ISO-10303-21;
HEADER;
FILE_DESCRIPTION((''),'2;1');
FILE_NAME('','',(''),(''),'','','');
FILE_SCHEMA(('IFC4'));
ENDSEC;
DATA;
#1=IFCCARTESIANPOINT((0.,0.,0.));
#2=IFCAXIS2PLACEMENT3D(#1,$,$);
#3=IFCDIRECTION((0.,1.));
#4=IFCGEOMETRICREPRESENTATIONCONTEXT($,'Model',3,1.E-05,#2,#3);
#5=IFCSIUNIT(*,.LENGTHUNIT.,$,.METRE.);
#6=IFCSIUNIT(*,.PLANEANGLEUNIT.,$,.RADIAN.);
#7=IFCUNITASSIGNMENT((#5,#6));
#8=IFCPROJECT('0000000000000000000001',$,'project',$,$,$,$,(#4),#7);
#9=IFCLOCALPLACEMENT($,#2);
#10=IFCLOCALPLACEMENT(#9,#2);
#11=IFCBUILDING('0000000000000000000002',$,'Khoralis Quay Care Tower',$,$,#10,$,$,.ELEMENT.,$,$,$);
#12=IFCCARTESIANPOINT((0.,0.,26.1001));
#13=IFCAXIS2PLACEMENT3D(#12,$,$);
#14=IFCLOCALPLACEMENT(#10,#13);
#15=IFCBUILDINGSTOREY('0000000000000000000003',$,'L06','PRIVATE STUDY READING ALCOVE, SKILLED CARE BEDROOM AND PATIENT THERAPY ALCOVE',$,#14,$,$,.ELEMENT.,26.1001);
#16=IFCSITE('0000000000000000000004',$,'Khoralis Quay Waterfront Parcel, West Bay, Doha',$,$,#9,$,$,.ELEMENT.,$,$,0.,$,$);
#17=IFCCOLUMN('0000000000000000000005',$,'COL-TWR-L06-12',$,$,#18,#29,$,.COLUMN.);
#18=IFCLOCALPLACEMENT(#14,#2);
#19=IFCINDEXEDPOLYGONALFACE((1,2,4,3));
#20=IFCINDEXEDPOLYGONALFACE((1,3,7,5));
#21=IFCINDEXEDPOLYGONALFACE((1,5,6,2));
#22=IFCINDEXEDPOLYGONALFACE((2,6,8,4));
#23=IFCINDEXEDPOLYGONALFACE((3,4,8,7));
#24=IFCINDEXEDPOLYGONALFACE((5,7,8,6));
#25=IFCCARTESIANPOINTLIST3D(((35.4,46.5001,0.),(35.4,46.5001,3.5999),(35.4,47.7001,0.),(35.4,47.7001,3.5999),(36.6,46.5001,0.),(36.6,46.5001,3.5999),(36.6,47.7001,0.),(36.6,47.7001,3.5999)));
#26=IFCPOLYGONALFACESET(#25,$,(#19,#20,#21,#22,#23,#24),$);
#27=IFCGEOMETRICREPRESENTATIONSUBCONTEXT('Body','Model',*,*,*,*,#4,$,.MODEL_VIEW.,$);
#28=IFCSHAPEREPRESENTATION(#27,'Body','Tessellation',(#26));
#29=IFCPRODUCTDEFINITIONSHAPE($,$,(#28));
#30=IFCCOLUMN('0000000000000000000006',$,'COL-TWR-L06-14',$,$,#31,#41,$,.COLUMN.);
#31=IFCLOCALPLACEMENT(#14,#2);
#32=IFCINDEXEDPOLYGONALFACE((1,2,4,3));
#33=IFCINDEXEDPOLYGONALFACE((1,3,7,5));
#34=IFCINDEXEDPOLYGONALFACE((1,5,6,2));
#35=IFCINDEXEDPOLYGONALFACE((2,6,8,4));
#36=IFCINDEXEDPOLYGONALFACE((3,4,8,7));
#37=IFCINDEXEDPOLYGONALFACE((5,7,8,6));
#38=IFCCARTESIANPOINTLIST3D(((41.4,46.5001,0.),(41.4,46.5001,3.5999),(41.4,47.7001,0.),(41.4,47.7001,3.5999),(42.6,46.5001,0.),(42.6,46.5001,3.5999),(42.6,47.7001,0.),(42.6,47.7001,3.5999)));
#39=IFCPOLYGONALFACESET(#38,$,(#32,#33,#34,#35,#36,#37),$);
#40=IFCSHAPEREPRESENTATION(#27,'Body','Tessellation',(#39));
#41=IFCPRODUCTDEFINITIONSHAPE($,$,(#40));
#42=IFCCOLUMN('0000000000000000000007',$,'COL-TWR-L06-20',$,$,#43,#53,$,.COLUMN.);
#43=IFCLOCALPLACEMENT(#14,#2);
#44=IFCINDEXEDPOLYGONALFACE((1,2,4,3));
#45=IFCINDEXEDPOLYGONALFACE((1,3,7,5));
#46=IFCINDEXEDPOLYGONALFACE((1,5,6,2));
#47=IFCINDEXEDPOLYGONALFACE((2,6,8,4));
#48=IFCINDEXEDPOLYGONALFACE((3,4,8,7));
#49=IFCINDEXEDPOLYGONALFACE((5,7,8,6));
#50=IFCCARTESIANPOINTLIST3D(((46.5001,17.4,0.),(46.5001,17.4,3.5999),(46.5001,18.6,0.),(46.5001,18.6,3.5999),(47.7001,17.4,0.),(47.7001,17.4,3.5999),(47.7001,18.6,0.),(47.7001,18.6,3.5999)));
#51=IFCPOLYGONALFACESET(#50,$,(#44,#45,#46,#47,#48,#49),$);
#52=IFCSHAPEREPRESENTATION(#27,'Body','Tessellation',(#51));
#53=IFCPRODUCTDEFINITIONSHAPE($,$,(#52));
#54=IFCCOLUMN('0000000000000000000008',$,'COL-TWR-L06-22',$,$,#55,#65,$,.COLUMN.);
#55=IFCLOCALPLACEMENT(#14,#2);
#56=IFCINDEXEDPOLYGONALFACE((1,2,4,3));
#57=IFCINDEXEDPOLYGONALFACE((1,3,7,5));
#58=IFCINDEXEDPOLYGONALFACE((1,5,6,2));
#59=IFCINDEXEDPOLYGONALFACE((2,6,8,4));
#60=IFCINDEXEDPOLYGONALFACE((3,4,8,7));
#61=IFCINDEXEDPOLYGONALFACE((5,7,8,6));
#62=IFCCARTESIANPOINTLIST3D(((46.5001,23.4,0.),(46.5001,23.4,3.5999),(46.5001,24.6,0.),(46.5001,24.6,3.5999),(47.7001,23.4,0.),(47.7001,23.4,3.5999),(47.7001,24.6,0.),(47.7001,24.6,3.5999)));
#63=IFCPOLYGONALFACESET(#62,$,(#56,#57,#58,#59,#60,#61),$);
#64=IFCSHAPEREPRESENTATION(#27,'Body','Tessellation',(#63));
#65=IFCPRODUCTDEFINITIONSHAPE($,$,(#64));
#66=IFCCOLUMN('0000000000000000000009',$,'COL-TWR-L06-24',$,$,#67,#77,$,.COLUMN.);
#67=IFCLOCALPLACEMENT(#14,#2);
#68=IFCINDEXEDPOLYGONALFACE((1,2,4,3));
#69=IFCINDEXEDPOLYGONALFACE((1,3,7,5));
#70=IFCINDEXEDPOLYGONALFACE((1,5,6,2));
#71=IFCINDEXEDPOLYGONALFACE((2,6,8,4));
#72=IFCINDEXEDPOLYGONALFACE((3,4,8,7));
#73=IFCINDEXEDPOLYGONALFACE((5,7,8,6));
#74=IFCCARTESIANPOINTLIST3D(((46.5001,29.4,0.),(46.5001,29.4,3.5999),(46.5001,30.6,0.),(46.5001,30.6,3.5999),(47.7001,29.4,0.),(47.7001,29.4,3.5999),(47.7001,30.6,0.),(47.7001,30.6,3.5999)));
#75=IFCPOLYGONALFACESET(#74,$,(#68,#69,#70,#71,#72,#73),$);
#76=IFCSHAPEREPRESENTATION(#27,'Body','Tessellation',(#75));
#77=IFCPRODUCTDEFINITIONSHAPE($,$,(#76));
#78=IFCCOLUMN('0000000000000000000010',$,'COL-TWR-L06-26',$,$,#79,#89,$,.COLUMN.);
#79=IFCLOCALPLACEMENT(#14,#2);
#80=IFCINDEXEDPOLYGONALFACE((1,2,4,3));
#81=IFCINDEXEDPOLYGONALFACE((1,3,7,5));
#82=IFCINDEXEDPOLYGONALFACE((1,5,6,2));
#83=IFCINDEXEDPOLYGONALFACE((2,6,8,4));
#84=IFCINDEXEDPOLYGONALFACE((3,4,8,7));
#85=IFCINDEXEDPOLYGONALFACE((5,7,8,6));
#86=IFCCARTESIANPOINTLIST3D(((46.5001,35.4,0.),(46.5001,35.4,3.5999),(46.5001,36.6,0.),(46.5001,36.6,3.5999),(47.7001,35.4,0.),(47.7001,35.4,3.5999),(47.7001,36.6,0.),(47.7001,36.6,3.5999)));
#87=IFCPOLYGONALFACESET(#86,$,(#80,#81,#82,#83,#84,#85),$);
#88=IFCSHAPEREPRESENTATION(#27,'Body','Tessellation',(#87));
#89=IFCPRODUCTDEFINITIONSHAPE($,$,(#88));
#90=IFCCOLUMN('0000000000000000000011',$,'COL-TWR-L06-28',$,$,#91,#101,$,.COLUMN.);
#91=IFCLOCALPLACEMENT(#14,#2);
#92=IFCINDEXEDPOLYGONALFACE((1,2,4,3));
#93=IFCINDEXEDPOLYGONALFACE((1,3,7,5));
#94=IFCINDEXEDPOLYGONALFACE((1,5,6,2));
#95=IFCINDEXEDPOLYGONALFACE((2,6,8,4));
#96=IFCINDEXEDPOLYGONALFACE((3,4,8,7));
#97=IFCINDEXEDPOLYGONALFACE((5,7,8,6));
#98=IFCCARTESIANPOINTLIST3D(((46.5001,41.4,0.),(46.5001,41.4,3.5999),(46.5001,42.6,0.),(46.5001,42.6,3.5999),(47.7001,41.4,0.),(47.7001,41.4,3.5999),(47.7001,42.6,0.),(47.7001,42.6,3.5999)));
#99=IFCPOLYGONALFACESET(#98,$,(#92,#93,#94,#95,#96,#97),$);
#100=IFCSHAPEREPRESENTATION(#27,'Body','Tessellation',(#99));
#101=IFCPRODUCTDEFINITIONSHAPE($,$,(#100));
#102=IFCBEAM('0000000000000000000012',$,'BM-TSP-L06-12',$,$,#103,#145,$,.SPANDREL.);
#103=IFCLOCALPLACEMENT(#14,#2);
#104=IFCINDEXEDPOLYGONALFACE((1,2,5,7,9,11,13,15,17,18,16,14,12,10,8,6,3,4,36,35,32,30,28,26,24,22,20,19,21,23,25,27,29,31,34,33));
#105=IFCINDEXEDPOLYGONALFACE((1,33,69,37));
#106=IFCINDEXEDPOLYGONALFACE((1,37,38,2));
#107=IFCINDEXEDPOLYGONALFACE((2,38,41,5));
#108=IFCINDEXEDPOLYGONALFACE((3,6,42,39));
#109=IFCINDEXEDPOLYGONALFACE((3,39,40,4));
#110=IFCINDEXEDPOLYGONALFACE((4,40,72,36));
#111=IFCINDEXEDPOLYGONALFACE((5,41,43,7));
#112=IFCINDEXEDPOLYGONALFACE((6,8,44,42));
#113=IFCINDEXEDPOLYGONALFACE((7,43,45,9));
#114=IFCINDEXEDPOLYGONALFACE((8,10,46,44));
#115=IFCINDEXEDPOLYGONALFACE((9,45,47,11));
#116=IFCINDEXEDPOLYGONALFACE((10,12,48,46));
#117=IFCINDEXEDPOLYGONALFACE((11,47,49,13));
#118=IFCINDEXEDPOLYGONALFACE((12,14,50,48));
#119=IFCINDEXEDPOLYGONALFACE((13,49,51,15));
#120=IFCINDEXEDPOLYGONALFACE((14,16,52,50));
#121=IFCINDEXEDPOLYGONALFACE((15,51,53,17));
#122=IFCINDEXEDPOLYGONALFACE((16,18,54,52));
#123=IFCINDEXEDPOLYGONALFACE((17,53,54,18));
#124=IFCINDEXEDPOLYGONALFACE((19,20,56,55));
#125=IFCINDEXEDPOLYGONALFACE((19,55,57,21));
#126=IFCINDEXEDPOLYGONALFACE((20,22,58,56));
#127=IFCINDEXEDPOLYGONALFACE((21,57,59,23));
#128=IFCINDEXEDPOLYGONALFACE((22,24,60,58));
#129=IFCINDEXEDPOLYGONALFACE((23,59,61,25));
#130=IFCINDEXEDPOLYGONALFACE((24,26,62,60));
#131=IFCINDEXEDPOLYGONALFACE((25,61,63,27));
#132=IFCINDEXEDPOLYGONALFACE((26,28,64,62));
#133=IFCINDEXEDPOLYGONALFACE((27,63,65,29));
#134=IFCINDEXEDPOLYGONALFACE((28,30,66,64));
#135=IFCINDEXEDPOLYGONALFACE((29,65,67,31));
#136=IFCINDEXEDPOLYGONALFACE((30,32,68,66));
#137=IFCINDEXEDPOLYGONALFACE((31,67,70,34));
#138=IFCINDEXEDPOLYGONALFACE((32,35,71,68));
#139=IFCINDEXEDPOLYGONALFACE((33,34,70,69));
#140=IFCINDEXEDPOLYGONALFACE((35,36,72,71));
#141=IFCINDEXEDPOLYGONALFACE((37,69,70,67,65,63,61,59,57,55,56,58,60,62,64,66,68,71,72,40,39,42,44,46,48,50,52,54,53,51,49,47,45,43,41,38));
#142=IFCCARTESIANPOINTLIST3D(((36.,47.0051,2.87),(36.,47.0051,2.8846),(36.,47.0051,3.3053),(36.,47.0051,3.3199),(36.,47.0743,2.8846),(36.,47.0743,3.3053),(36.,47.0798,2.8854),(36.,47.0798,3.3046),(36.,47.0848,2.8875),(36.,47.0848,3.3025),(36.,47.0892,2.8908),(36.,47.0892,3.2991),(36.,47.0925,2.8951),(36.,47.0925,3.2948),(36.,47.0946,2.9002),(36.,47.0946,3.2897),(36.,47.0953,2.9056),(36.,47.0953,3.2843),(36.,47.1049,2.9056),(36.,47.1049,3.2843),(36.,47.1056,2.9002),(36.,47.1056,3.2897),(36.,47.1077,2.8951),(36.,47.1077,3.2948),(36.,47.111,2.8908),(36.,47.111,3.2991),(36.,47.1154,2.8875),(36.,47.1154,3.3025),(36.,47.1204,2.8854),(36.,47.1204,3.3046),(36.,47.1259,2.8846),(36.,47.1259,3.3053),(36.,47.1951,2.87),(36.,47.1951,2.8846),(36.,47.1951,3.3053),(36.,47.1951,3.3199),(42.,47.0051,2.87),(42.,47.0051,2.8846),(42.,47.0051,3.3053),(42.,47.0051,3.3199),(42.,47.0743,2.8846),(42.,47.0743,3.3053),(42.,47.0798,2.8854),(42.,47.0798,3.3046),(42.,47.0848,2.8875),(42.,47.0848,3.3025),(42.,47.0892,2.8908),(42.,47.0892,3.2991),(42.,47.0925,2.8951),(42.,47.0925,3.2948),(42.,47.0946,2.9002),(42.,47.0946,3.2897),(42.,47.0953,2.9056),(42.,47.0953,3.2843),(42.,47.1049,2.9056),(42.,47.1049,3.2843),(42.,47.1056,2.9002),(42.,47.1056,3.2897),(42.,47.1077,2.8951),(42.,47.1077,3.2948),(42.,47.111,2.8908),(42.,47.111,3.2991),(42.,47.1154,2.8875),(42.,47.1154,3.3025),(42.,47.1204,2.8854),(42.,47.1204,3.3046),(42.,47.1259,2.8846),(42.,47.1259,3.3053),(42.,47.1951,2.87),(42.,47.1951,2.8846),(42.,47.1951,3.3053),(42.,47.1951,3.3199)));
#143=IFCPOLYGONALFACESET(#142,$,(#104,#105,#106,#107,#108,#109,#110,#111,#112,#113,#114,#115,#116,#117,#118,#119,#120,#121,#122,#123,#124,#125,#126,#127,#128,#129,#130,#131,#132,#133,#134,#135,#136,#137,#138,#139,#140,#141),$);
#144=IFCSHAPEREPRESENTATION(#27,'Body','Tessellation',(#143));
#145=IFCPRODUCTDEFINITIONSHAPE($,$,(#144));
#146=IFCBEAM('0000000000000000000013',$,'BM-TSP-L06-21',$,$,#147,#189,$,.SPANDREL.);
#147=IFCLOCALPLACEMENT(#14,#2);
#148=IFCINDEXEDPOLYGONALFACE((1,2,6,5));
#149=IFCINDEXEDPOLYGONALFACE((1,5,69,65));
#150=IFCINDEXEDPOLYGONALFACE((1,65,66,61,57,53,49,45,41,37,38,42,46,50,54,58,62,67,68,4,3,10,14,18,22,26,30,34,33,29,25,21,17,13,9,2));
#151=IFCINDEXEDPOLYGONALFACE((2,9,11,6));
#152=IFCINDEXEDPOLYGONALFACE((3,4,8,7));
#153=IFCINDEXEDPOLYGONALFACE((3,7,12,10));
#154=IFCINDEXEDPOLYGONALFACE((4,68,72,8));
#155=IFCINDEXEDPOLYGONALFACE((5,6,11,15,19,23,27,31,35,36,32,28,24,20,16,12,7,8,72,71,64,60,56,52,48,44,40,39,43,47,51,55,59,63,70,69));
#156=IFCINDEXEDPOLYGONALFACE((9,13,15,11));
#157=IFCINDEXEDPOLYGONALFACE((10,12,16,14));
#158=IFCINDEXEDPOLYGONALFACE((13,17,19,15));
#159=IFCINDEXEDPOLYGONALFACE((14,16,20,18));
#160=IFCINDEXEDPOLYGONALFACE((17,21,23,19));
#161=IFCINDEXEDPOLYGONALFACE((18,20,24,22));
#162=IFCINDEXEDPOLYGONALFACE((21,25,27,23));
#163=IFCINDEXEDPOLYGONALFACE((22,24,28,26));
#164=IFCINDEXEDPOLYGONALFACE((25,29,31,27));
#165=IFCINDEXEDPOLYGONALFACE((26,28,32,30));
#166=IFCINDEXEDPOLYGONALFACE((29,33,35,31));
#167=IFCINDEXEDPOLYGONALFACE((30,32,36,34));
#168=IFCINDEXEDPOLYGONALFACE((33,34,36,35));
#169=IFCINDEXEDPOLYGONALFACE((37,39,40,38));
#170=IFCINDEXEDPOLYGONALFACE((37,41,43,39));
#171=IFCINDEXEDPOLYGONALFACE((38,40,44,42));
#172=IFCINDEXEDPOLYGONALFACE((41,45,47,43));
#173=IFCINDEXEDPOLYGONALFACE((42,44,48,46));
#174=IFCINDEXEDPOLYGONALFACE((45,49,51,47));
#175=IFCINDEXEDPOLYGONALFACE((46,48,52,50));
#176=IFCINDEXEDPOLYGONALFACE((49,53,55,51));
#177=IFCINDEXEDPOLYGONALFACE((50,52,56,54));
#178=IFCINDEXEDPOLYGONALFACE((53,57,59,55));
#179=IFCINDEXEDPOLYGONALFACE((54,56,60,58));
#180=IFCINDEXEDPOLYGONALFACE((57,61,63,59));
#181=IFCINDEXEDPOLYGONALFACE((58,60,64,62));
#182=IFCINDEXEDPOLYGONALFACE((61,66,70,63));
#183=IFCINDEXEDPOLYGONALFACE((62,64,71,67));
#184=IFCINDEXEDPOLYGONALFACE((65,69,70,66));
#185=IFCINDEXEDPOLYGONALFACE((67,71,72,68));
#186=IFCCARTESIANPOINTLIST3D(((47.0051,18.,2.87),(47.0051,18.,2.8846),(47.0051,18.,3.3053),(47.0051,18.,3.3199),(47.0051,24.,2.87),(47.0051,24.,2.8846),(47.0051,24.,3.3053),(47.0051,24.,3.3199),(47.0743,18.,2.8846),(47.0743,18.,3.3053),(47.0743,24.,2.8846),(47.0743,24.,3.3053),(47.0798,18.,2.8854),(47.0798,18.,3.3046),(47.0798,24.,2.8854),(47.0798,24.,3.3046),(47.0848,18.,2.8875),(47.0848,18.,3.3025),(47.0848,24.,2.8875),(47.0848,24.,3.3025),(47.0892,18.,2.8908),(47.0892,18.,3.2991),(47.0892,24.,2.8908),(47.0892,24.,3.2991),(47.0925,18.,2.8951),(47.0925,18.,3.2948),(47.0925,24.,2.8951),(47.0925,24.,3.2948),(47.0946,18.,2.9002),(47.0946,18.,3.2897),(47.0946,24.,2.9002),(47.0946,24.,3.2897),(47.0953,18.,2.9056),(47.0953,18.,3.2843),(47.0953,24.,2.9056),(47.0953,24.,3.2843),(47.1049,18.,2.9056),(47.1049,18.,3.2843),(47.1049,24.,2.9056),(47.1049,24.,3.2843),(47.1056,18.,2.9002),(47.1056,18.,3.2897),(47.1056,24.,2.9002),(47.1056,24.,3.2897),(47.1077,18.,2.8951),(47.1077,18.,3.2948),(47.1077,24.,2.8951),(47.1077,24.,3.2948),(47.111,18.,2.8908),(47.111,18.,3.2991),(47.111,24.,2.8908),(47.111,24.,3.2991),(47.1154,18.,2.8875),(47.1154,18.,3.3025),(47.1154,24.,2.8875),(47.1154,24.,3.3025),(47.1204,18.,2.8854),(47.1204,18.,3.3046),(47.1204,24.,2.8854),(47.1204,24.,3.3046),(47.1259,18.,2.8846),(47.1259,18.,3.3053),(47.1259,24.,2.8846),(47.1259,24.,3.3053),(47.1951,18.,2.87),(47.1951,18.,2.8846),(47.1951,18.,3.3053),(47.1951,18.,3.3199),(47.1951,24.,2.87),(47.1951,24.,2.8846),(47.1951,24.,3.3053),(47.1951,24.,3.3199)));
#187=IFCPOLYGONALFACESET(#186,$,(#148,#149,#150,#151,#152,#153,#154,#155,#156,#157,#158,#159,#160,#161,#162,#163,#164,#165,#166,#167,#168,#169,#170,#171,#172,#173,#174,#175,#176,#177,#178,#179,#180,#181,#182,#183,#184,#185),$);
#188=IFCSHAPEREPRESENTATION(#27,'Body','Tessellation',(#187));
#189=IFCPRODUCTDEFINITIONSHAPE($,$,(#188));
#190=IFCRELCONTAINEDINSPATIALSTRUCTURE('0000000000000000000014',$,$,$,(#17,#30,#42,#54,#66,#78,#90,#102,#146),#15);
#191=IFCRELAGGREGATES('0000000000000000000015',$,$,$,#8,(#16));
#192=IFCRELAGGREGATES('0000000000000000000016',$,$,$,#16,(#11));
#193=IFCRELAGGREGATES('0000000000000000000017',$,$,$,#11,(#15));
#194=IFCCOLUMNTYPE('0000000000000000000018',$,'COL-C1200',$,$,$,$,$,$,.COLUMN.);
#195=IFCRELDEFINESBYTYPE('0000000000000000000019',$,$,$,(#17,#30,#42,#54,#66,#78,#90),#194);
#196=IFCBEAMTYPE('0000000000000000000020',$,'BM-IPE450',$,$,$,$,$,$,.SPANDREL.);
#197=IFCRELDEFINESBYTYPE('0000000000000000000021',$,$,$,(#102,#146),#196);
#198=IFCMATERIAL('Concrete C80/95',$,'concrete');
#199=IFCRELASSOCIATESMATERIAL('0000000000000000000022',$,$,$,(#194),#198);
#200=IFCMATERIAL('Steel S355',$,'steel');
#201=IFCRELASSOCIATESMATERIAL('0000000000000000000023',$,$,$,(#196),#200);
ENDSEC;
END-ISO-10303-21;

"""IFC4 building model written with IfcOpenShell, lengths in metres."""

from ifc_helpers import new_model, si_unit, direction, frame, origin, origin_2d, place, context, subcontext, project, spatial, rectangle, i_section, extrude, source, transform, mapped, material, material_profile, profile_set, type_object, element, save


model = new_model("IFC4")

# Units and contexts
model_context = context("Model", 3, precision=1e-05, world=origin(), true_north=direction((0.0, 1.0)))
body_context = subcontext(model_context, "Body", "Model", "MODEL_VIEW")
ifc_project = project(units=[si_unit("LENGTHUNIT", "METRE"), si_unit("PLANEANGLEUNIT", "RADIAN")], contexts=[model_context])

# Site, building, storey
site_placement = place(None, origin())
site = spatial("IfcSite", under=ifc_project, at=site_placement, Name="Khoralis Quay Waterfront Parcel, West Bay, Doha", CompositionType="ELEMENT", RefElevation=0.0)
building_placement = place(site_placement, origin())
building = spatial("IfcBuilding", under=site, at=building_placement, Name="Khoralis Quay Care Tower", CompositionType="ELEMENT")
storey_placement = place(building_placement, frame((0.0, 0.0, 26.1001)))
storey = spatial("IfcBuildingStorey", under=building, at=storey_placement, Name="L06", Description="PRIVATE STUDY READING ALCOVE, SKILLED CARE BEDROOM AND PATIENT THERAPY ALCOVE", CompositionType="ELEMENT", Elevation=26.1001)

# Columns
ifc_material_1 = material(Name="Concrete C80/95", Category="concrete")
ifc_material_profile_1 = material_profile(ifc_material_1, rectangle(XDim=1.2, YDim=1.2, at=origin_2d()), Name="Concrete C80/95")
ifc_profile_set_1 = profile_set([ifc_material_profile_1], Name="Concrete C80/95")
column_type = type_object("IfcColumnType", Name="COL-C1200", PredefinedType="COLUMN", material=ifc_profile_set_1)
shared_shape_1 = source(origin(), body_context, "Body", "SweptSolid", [
    extrude(rectangle(XDim=1.2, YDim=1.2, at=origin_2d()), origin(), (0.0, 0.0, 1.0), 3.5999),
])
for number, where, z_axis, x_axis, name in (
    (1, (36.0, 47.1001, 0.0), (0.0, 0.0, 1.0), (1.0, 0.0, 0.0), "COL-TWR-L06-12"),
    (2, (42.0, 47.1001, 0.0), (0.0, 0.0, 1.0), (1.0, 0.0, 0.0), "COL-TWR-L06-14"),
    (3, (47.1001, 18.0, 0.0), (0.0, 0.0, 1.0), (1.0, 0.0, 0.0), "COL-TWR-L06-20"),
    (4, (47.1001, 24.0, 0.0), (0.0, 0.0, 1.0), (1.0, 0.0, 0.0), "COL-TWR-L06-22"),
    (5, (47.1001, 30.0, 0.0), (0.0, 0.0, 1.0), (1.0, 0.0, 0.0), "COL-TWR-L06-24"),
    (6, (47.1001, 36.0, 0.0), (0.0, 0.0, 1.0), (1.0, 0.0, 0.0), "COL-TWR-L06-26"),
    (7, (47.1001, 42.0, 0.0), (0.0, 0.0, 1.0), (1.0, 0.0, 0.0), "COL-TWR-L06-28"),
):
    element("IfcColumn", number, at=place(storey_placement, frame(where, z_axis=z_axis, x_axis=x_axis)), inside=storey, type_object=column_type, Name=name, PredefinedType="COLUMN", context=body_context, shape_type="MappedRepresentation", body=[
        mapped(shared_shape_1, transform((0.0, 0.0, 0.0), scale=1.0)),
    ])

# Beams
ifc_material_2 = material(Name="Steel S355", Category="steel")
ifc_material_profile_2 = material_profile(ifc_material_2, i_section(OverallWidth=0.1899, OverallDepth=0.45, WebThickness=0.0095, FlangeThickness=0.0146, FilletRadius=0.021, at=origin_2d()), Name="Steel S355")
ifc_profile_set_2 = profile_set([ifc_material_profile_2], Name="Steel S355")
beam_type_1 = type_object("IfcBeamType", Name="BM-IPE450", PredefinedType="SPANDREL", material=ifc_profile_set_2)
shared_shape_2 = source(origin(), body_context, "Body", "SweptSolid", [
    extrude(i_section(OverallWidth=0.1899, OverallDepth=0.45, WebThickness=0.0095, FlangeThickness=0.0146, FilletRadius=0.021, at=origin_2d()), origin(), (0.0, 0.0, 1.0), 6.0),
])
for number, where, z_axis, x_axis, name in (
    (8, (36.0, 47.1001, 3.095), (1.0, 0.0, 0.0), (0.0, 1.0, 0.0), "BM-TSP-L06-12"),
    (9, (47.1001, 18.0, 3.095), (0.0, 1.0, 0.0), (-1.0, 0.0, 0.0), "BM-TSP-L06-21"),
):
    element("IfcBeam", number, at=place(storey_placement, frame(where, z_axis=z_axis, x_axis=x_axis)), inside=storey, type_object=beam_type_1, Name=name, PredefinedType="SPANDREL", context=body_context, shape_type="MappedRepresentation", body=[
        mapped(shared_shape_2, transform((0.0, 0.0, 0.0), scale=1.0)),
    ])

save(model, "model.ifc")
